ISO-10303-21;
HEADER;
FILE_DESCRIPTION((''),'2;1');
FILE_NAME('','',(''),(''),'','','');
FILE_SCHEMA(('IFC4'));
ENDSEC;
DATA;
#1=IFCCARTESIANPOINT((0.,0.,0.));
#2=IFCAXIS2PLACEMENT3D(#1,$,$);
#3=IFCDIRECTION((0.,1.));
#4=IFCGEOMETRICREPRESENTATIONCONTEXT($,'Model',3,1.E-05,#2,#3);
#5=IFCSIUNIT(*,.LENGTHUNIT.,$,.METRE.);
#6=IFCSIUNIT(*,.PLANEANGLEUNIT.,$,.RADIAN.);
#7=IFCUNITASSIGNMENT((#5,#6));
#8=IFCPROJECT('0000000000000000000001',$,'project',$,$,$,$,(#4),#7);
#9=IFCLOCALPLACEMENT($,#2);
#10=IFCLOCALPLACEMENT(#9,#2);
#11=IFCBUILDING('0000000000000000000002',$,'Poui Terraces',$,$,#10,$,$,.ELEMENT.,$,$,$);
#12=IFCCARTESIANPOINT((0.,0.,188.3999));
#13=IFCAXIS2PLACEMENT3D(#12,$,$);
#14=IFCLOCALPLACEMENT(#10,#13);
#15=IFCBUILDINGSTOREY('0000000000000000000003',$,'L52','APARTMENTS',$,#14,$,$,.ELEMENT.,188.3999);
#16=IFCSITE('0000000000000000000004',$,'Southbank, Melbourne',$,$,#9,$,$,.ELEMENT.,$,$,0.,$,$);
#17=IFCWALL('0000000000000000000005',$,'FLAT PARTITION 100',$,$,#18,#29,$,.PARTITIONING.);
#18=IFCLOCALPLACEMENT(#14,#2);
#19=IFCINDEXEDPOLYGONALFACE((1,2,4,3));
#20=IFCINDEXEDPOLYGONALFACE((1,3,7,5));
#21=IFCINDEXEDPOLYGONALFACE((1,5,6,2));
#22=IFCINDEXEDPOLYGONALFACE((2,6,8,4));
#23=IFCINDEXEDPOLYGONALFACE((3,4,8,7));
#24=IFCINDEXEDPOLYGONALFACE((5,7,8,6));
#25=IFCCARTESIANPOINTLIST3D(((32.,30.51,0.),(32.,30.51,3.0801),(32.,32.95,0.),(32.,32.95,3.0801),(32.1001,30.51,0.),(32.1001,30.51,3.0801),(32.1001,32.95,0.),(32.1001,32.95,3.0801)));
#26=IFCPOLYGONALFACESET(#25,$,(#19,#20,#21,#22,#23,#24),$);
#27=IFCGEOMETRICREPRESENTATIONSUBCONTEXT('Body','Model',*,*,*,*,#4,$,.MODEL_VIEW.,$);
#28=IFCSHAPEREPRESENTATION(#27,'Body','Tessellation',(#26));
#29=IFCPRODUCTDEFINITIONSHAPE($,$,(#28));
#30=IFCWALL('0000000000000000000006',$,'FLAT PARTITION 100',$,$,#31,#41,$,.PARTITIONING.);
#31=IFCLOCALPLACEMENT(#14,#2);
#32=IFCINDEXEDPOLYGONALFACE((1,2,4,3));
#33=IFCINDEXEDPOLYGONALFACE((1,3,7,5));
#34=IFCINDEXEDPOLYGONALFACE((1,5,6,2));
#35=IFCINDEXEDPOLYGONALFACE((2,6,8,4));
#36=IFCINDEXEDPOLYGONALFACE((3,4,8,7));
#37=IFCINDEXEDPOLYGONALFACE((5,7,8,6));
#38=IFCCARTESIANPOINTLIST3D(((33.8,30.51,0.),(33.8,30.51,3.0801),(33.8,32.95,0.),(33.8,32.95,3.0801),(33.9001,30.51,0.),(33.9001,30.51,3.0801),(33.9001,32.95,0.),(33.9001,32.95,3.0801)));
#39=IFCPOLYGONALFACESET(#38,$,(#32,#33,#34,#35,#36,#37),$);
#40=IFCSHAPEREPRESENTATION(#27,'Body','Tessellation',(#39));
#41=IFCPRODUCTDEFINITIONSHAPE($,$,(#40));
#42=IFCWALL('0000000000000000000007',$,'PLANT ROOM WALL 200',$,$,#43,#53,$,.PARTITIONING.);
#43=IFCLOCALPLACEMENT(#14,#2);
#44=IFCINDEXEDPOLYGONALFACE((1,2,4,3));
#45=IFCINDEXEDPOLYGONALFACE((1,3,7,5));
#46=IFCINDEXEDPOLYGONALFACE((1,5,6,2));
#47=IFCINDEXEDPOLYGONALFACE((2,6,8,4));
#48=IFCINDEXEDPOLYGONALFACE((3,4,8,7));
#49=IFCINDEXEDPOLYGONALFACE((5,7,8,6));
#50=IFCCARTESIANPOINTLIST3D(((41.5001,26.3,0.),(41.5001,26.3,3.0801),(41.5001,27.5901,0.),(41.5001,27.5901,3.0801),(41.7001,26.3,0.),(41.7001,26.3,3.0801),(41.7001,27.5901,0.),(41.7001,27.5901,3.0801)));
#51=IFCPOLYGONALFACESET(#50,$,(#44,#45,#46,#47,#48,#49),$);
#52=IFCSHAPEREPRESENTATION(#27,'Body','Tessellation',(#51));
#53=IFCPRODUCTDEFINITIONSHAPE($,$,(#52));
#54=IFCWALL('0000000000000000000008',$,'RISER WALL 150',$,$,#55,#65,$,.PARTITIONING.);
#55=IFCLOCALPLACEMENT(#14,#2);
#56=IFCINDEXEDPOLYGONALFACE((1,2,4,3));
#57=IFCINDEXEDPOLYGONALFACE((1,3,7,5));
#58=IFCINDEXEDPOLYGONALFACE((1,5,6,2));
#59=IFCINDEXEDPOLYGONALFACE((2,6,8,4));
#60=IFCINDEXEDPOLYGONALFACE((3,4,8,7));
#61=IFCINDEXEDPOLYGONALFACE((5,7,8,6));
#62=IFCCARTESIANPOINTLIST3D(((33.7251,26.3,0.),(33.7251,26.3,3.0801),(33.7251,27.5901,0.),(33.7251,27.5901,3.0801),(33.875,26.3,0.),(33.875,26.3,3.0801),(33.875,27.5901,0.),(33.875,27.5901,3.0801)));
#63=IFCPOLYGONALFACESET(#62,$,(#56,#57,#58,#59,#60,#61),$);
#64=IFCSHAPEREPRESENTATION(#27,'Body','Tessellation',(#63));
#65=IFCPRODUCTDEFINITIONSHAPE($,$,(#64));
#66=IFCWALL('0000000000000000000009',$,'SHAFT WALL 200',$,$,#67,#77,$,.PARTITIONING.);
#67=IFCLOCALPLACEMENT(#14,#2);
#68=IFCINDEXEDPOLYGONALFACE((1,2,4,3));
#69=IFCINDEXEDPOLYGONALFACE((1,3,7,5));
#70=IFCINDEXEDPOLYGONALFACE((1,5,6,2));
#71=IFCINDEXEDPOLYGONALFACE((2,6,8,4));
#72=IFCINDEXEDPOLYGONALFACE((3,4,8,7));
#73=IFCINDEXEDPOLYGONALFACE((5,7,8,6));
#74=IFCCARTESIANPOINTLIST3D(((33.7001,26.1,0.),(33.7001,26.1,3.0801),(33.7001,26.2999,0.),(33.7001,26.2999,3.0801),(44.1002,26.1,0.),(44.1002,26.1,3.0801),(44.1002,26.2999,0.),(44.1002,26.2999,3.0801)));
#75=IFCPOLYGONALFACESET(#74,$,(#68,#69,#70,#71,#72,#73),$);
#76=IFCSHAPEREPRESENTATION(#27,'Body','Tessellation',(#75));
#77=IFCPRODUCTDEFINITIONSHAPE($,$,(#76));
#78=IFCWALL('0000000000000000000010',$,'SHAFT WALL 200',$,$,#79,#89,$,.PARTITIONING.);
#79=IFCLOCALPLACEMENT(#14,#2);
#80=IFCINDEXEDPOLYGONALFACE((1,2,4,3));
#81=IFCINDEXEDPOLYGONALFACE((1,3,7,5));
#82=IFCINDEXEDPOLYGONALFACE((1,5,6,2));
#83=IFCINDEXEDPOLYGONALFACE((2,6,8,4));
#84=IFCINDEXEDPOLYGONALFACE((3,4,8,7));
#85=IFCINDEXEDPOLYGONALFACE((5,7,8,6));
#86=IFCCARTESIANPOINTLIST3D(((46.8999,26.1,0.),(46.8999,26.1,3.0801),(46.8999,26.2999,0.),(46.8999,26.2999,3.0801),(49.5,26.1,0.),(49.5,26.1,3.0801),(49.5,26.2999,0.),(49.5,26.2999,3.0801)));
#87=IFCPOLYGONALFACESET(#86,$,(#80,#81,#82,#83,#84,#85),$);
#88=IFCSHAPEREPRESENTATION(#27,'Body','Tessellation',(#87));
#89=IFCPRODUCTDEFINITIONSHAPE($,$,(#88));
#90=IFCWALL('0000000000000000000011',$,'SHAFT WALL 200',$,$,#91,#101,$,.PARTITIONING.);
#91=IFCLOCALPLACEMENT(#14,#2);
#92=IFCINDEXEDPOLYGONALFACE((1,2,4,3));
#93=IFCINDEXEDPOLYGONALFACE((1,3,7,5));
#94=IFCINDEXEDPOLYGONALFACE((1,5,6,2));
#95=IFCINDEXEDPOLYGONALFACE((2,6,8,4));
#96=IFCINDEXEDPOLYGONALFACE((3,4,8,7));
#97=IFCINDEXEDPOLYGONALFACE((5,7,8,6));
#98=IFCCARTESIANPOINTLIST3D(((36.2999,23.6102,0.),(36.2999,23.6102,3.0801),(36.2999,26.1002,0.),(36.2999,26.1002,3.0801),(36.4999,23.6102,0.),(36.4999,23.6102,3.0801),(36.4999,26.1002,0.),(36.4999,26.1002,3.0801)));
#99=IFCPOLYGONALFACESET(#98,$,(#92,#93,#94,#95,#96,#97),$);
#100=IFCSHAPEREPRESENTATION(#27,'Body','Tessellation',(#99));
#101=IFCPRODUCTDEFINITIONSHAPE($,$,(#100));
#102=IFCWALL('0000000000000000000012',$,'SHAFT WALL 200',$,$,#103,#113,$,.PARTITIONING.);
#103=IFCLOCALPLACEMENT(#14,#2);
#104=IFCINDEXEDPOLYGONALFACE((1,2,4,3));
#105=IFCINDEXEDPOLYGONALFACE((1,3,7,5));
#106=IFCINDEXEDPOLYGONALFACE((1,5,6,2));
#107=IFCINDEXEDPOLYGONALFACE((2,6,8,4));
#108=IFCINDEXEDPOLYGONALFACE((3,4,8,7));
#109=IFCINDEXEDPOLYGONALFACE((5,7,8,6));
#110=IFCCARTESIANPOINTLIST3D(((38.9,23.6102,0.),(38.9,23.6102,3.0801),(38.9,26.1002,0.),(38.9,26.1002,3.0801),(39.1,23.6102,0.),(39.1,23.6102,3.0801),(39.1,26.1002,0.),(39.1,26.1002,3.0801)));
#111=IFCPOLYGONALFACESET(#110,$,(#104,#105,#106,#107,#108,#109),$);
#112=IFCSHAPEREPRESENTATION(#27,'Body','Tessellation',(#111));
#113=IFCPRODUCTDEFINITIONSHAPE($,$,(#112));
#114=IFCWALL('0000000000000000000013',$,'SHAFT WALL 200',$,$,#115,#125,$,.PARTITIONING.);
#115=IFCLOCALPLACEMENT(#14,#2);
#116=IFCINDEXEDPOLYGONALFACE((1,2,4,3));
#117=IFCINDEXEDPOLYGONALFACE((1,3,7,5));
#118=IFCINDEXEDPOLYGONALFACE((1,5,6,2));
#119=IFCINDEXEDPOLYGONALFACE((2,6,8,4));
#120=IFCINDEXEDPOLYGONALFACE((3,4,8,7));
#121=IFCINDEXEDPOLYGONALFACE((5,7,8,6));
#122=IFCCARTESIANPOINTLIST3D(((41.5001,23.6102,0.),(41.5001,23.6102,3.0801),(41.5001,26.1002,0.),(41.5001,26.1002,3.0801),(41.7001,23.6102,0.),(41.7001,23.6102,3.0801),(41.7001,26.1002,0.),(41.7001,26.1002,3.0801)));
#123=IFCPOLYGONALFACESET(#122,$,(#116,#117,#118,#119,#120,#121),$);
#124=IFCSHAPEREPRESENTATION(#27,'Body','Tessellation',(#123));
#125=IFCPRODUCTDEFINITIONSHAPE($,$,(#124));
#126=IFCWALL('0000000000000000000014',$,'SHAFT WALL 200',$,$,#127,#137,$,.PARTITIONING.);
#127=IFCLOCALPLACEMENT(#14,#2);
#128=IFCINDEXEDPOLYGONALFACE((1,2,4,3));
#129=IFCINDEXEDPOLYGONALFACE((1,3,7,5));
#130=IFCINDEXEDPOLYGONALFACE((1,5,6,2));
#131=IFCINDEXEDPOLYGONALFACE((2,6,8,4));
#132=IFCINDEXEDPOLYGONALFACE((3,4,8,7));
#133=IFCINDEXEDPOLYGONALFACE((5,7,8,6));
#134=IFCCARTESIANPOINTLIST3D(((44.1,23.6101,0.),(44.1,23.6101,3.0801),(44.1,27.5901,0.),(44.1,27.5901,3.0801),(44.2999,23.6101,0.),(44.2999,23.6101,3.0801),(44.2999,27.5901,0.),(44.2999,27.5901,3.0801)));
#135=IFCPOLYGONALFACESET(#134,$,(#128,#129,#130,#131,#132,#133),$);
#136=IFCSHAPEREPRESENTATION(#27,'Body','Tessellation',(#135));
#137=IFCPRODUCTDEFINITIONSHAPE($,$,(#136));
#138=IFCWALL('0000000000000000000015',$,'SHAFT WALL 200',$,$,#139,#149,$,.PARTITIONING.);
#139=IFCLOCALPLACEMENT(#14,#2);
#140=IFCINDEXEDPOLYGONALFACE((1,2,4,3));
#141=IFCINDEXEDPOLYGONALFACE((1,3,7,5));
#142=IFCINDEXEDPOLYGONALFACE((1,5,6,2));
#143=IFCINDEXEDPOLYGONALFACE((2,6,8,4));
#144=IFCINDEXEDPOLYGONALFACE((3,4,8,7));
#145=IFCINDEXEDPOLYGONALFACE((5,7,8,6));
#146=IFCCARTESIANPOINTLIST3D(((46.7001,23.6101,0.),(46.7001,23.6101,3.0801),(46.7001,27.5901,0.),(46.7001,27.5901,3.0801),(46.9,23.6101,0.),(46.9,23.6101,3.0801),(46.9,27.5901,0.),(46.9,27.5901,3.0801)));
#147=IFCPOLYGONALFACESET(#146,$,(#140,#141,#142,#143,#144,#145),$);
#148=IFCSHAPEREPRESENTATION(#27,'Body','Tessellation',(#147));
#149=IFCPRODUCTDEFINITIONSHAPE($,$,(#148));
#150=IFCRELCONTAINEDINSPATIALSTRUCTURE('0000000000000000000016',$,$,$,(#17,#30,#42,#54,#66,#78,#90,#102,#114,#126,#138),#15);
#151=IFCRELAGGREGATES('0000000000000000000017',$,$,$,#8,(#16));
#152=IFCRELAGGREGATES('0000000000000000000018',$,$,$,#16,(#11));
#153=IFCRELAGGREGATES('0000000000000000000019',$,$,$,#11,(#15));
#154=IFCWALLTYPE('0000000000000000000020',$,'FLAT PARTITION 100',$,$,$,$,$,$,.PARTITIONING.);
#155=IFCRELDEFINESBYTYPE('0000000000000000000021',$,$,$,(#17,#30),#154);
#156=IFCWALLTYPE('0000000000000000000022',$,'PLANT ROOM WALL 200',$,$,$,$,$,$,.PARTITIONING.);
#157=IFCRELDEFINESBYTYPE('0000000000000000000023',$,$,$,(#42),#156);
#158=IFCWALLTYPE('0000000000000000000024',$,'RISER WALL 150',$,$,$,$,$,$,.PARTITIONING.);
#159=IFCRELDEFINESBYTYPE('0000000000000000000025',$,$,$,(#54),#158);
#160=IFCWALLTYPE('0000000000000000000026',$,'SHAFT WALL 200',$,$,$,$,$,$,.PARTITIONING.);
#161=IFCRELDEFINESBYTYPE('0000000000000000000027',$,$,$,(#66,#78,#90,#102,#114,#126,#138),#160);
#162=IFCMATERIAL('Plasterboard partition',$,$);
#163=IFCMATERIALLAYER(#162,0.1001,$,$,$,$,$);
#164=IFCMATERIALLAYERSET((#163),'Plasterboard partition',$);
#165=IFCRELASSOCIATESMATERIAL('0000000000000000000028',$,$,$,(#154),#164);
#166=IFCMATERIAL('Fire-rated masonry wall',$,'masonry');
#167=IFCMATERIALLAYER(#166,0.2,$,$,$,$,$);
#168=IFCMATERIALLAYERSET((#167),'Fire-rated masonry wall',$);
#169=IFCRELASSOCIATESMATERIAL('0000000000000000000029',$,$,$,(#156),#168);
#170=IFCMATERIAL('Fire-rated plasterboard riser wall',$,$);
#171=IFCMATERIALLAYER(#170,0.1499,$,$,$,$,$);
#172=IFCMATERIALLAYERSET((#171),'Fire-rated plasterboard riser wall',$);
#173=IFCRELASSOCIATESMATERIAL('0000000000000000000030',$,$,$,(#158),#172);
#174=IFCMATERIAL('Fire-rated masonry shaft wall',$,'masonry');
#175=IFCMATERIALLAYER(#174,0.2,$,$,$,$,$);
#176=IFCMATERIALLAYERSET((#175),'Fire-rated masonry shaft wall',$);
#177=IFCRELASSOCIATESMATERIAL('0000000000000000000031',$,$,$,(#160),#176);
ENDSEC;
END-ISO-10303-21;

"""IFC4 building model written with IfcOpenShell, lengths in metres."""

from ifc_helpers import new_model, si_unit, direction, frame, frame_2d, origin, place, context, subcontext, project, spatial, rectangle, extrude, material, layer, layer_set, type_object, element, save


model = new_model("IFC4")

# Units and contexts
model_context = context("Model", 3, precision=1e-05, world=origin(), true_north=direction((0.0, 1.0)))
body_context = subcontext(model_context, "Body", "Model", "MODEL_VIEW")
ifc_project = project(units=[si_unit("LENGTHUNIT", "METRE"), si_unit("PLANEANGLEUNIT", "RADIAN")], contexts=[model_context])

# Site, building, storey
site_placement = place(None, origin())
site = spatial("IfcSite", under=ifc_project, at=site_placement, Name="Southbank, Melbourne", CompositionType="ELEMENT", RefElevation=0.0)
building_placement = place(site_placement, origin())
building = spatial("IfcBuilding", under=site, at=building_placement, Name="Poui Terraces", CompositionType="ELEMENT")
storey_placement = place(building_placement, frame((0.0, 0.0, 188.3999)))
storey = spatial("IfcBuildingStorey", under=building, at=storey_placement, Name="L52", Description="APARTMENTS", CompositionType="ELEMENT", Elevation=188.3999)

# Walls
ifc_material_1 = material(Name="Plasterboard partition")
ifc_layer_1 = layer(ifc_material_1, 0.1001)
ifc_layer_set_1 = layer_set([ifc_layer_1], Name="Plasterboard partition")
wall_type_1 = type_object("IfcWallType", Name="FLAT PARTITION 100", PredefinedType="PARTITIONING", material=ifc_layer_set_1)
for number, where, z_axis, x_axis, name in (
    (1, (32.05, 30.51, 0.0), (0.0, 0.0, 1.0), (0.0, 1.0, 0.0), "FLAT PARTITION 100"),
    (2, (33.8501, 30.51, 0.0), (0.0, 0.0, 1.0), (0.0, 1.0, 0.0), "FLAT PARTITION 100"),
):
    element("IfcWall", number, at=place(storey_placement, frame(where, z_axis=z_axis, x_axis=x_axis)), inside=storey, type_object=wall_type_1, Name=name, PredefinedType="PARTITIONING", context=body_context, shape_type="SweptSolid", body=[
        extrude(rectangle(XDim=2.4399, YDim=0.1001, at=frame_2d((1.22, 0.0))), origin(), (0.0, 0.0, 1.0), 3.0801),
    ])
ifc_material_2 = material(Name="Fire-rated masonry wall", Category="masonry")
ifc_layer_2 = layer(ifc_material_2, 0.2)
ifc_layer_set_2 = layer_set([ifc_layer_2], Name="Fire-rated masonry wall")
wall_type_2 = type_object("IfcWallType", Name="PLANT ROOM WALL 200", PredefinedType="PARTITIONING", material=ifc_layer_set_2)
wall_1_placement = place(storey_placement, frame((41.6001, 26.3, 0.0), z_axis=(0.0, 0.0, 1.0), x_axis=(0.0, 1.0, 0.0)))
element("IfcWall", 3, at=wall_1_placement, inside=storey, type_object=wall_type_2, Name="PLANT ROOM WALL 200", PredefinedType="PARTITIONING", context=body_context, shape_type="SweptSolid", body=[
    extrude(rectangle(XDim=1.29, YDim=0.2, at=frame_2d((0.645, 0.0))), origin(), (0.0, 0.0, 1.0), 3.0801),
])
ifc_material_3 = material(Name="Fire-rated plasterboard riser wall")
ifc_layer_3 = layer(ifc_material_3, 0.1499)
ifc_layer_set_3 = layer_set([ifc_layer_3], Name="Fire-rated plasterboard riser wall")
wall_type_3 = type_object("IfcWallType", Name="RISER WALL 150", PredefinedType="PARTITIONING", material=ifc_layer_set_3)
wall_2_placement = place(storey_placement, frame((33.8, 26.3, 0.0), z_axis=(0.0, 0.0, 1.0), x_axis=(0.0, 1.0, 0.0)))
element("IfcWall", 4, at=wall_2_placement, inside=storey, type_object=wall_type_3, Name="RISER WALL 150", PredefinedType="PARTITIONING", context=body_context, shape_type="SweptSolid", body=[
    extrude(rectangle(XDim=1.29, YDim=0.1499, at=frame_2d((0.645, 0.0))), origin(), (0.0, 0.0, 1.0), 3.0801),
])
ifc_material_4 = material(Name="Fire-rated masonry shaft wall", Category="masonry")
ifc_layer_4 = layer(ifc_material_4, 0.2)
ifc_layer_set_4 = layer_set([ifc_layer_4], Name="Fire-rated masonry shaft wall")
wall_type_4 = type_object("IfcWallType", Name="SHAFT WALL 200", PredefinedType="PARTITIONING", material=ifc_layer_set_4)
wall_3_placement = place(storey_placement, frame((33.7, 26.2, 0.0), z_axis=(0.0, 0.0, 1.0), x_axis=(1.0, 0.0, 0.0)))
element("IfcWall", 5, at=wall_3_placement, inside=storey, type_object=wall_type_4, Name="SHAFT WALL 200", PredefinedType="PARTITIONING", context=body_context, shape_type="SweptSolid", body=[
    extrude(rectangle(XDim=10.4001, YDim=0.2, at=frame_2d((5.2002, 0.0))), origin(), (0.0, 0.0, 1.0), 3.0801),
])
wall_4_placement = place(storey_placement, frame((46.8999, 26.2, 0.0), z_axis=(0.0, 0.0, 1.0), x_axis=(1.0, 0.0, 0.0)))
element("IfcWall", 6, at=wall_4_placement, inside=storey, type_object=wall_type_4, Name="SHAFT WALL 200", PredefinedType="PARTITIONING", context=body_context, shape_type="SweptSolid", body=[
    extrude(rectangle(XDim=2.6001, YDim=0.2, at=frame_2d((1.3, 0.0))), origin(), (0.0, 0.0, 1.0), 3.0801),
])
for number, where, z_axis, x_axis, name in (
    (7, (36.3999, 23.6101, 0.0), (0.0, 0.0, 1.0), (0.0, 1.0, 0.0), "SHAFT WALL 200"),
    (8, (39.0, 23.6101, 0.0), (0.0, 0.0, 1.0), (0.0, 1.0, 0.0), "SHAFT WALL 200"),
    (9, (41.6001, 23.6101, 0.0), (0.0, 0.0, 1.0), (0.0, 1.0, 0.0), "SHAFT WALL 200"),
):
    element("IfcWall", number, at=place(storey_placement, frame(where, z_axis=z_axis, x_axis=x_axis)), inside=storey, type_object=wall_type_4, Name=name, PredefinedType="PARTITIONING", context=body_context, shape_type="SweptSolid", body=[
        extrude(rectangle(XDim=2.49, YDim=0.2, at=frame_2d((1.2451, 0.0))), origin(), (0.0, 0.0, 1.0), 3.0801),
    ])
for number, where, z_axis, x_axis, name in (
    (10, (44.2, 23.6101, 0.0), (0.0, 0.0, 1.0), (0.0, 1.0, 0.0), "SHAFT WALL 200"),
    (11, (46.8, 23.6101, 0.0), (0.0, 0.0, 1.0), (0.0, 1.0, 0.0), "SHAFT WALL 200"),
):
    element("IfcWall", number, at=place(storey_placement, frame(where, z_axis=z_axis, x_axis=x_axis)), inside=storey, type_object=wall_type_4, Name=name, PredefinedType="PARTITIONING", context=body_context, shape_type="SweptSolid", body=[
        extrude(rectangle(XDim=3.98, YDim=0.2, at=frame_2d((1.99, 0.0))), origin(), (0.0, 0.0, 1.0), 3.0801),
    ])

save(model, "model.ifc")
